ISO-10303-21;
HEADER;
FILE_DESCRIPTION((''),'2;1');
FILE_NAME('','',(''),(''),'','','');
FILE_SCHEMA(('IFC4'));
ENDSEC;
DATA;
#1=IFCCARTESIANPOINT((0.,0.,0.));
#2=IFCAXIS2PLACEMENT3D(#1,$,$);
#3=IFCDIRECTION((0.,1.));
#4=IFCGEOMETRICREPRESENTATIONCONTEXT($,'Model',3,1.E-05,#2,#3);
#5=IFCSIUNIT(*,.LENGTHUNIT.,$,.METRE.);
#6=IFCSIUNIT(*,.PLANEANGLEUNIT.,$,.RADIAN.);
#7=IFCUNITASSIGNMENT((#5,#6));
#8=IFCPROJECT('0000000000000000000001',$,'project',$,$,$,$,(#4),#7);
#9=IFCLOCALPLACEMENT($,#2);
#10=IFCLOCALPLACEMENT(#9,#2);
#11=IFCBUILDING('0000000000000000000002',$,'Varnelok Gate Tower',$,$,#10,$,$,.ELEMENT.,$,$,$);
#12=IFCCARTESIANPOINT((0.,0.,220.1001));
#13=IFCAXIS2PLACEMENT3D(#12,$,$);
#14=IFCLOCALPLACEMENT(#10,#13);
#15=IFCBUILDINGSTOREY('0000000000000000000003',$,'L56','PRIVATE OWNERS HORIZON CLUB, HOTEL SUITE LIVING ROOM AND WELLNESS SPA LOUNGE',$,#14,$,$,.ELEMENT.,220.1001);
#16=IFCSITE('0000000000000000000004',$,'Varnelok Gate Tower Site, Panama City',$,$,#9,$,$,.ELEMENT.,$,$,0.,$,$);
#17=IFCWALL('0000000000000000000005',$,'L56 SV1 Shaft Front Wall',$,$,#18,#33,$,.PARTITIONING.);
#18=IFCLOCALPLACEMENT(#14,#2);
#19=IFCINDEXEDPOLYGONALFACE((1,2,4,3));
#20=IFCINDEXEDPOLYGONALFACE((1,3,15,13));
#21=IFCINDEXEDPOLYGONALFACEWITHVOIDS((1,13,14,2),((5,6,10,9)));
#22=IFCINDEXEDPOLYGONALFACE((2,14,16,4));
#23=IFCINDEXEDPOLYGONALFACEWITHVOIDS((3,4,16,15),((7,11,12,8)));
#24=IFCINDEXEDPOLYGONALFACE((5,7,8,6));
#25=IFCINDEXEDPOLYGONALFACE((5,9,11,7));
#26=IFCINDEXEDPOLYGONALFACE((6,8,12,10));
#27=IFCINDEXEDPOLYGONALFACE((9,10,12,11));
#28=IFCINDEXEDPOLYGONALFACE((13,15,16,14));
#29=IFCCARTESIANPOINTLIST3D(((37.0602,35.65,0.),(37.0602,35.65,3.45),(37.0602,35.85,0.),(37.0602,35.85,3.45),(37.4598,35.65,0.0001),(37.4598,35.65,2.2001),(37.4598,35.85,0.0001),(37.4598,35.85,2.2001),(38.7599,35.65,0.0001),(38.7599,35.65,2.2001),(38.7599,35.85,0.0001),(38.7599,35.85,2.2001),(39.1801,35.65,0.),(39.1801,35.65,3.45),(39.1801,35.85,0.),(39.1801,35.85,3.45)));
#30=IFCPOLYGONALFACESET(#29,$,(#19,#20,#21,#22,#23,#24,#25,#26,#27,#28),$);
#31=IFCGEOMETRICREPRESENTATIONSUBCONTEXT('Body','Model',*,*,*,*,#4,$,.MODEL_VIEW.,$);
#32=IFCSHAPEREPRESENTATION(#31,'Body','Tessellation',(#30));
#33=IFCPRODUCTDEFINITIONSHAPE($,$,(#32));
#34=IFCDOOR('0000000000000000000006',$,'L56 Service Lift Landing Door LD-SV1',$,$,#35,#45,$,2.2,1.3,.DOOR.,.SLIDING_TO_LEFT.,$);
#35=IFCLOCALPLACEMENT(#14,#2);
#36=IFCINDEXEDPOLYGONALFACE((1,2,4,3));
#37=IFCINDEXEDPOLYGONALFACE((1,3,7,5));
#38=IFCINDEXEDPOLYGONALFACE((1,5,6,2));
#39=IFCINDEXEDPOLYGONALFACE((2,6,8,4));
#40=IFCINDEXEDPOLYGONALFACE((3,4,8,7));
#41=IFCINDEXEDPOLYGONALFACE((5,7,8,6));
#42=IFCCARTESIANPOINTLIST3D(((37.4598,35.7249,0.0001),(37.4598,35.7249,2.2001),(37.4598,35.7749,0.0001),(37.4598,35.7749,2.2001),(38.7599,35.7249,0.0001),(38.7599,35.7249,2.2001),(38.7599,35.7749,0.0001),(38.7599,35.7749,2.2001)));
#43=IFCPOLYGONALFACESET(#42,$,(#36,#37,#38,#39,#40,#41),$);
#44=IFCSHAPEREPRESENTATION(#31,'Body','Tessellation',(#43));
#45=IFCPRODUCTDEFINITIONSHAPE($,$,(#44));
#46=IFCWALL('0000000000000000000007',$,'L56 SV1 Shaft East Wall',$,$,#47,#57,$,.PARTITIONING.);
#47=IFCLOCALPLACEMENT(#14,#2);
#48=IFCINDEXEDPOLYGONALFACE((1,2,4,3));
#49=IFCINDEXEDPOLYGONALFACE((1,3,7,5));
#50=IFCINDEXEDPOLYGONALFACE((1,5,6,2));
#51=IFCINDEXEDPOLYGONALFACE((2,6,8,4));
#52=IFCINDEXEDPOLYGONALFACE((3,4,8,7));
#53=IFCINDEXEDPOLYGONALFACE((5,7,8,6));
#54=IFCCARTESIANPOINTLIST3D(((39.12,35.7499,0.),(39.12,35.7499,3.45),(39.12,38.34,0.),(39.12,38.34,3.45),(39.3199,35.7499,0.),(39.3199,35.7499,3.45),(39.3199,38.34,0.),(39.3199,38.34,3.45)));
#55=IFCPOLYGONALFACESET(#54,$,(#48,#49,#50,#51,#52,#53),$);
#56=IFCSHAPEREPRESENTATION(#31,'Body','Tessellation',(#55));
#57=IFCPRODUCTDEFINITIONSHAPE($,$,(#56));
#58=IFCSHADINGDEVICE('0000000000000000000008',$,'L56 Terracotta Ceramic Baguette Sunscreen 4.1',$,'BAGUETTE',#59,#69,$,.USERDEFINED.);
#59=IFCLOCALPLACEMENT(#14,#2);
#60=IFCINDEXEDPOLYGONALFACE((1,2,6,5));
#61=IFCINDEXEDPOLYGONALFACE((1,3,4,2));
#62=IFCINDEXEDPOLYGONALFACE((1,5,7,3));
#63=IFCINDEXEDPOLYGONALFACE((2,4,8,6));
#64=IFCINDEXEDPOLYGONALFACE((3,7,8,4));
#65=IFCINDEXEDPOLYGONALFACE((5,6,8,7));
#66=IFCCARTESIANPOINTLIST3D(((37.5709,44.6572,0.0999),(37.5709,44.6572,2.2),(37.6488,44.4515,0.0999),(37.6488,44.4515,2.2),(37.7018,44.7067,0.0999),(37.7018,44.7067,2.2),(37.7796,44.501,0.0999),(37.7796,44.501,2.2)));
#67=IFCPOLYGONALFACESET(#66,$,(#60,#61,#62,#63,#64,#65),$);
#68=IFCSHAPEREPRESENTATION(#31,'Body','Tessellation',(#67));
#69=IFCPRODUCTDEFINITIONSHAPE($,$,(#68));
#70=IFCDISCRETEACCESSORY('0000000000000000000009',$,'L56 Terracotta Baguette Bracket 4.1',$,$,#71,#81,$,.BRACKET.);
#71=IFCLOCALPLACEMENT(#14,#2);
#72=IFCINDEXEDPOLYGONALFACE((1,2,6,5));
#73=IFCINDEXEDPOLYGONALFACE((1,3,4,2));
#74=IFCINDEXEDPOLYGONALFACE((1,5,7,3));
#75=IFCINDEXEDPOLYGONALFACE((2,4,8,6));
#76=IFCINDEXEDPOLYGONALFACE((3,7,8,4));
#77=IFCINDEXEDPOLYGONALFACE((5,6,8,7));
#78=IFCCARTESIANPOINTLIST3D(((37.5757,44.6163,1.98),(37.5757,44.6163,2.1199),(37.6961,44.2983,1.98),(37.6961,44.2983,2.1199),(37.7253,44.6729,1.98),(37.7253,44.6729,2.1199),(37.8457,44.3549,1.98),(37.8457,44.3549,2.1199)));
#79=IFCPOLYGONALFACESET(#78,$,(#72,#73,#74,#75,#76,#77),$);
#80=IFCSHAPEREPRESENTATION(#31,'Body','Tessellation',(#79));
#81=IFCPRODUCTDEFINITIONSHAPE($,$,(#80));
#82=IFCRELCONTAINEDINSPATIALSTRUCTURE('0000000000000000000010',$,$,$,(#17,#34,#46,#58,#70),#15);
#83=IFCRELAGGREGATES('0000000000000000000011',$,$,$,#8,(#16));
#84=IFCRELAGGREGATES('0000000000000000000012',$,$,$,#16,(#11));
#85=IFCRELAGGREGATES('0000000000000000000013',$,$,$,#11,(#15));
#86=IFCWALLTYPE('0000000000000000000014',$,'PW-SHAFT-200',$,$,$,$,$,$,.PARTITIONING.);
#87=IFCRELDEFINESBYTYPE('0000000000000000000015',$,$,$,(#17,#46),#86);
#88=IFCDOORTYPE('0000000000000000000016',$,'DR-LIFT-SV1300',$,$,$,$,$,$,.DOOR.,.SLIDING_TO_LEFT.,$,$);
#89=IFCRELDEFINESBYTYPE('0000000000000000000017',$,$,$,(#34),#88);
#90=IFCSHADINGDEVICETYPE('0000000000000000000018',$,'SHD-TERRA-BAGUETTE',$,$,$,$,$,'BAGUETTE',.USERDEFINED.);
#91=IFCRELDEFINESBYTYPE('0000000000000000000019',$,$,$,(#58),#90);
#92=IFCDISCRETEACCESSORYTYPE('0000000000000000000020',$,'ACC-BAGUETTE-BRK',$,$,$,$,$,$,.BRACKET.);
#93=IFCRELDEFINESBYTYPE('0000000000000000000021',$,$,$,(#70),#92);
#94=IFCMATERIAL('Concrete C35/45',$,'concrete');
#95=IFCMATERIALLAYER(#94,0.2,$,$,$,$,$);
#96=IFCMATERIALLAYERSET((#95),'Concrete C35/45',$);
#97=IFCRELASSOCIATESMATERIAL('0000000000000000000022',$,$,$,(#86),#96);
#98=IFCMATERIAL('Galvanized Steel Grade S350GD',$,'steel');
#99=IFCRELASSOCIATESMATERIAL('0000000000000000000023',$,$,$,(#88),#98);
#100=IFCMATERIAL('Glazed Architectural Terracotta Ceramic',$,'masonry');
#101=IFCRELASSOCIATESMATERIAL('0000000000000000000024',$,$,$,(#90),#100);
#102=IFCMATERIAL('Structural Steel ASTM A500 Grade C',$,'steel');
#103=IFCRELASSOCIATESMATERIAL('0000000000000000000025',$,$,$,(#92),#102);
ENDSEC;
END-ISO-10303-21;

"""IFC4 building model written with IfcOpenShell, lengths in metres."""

from ifc_helpers import new_model, si_unit, direction, frame, frame_2d, origin, origin_2d, place, context, subcontext, project, spatial, rectangle, extrude, source, transform, mapped, material, layer, layer_set, type_object, element, fill, save


model = new_model("IFC4")

# Units and contexts
model_context = context("Model", 3, precision=1e-05, world=origin(), true_north=direction((0.0, 1.0)))
body_context = subcontext(model_context, "Body", "Model", "MODEL_VIEW")
ifc_project = project(units=[si_unit("LENGTHUNIT", "METRE"), si_unit("PLANEANGLEUNIT", "RADIAN")], contexts=[model_context])

# Site, building, storey
site_placement = place(None, origin())
site = spatial("IfcSite", under=ifc_project, at=site_placement, Name="Varnelok Gate Tower Site, Panama City", CompositionType="ELEMENT", RefElevation=0.0)
building_placement = place(site_placement, origin())
building = spatial("IfcBuilding", under=site, at=building_placement, Name="Varnelok Gate Tower", CompositionType="ELEMENT")
storey_placement = place(building_placement, frame((0.0, 0.0, 220.1001)))
storey = spatial("IfcBuildingStorey", under=building, at=storey_placement, Name="L56", Description="PRIVATE OWNERS HORIZON CLUB, HOTEL SUITE LIVING ROOM AND WELLNESS SPA LOUNGE", CompositionType="ELEMENT", Elevation=220.1001)

# Shared definitions
ifc_material_1 = material(Name="Galvanized Steel Grade S350GD", Category="steel")

# Shared definitions
ifc_material_2 = material(Name="Concrete C35/45", Category="concrete")
ifc_layer_1 = layer(ifc_material_2, 0.2)
ifc_layer_set_1 = layer_set([ifc_layer_1], Name="Concrete C35/45")
wall_type_1 = type_object("IfcWallType", Name="PW-SHAFT-200", PredefinedType="PARTITIONING", material=ifc_layer_set_1)

# Wall, opening, door
wall_1_placement = place(storey_placement, frame((37.0601, 35.75, 0.0), z_axis=(0.0, 0.0, 1.0), x_axis=(1.0, 0.0, 0.0)))
wall_1 = element("IfcWall", 1, at=wall_1_placement, inside=storey, type_object=wall_type_1, Name="L56 SV1 Shaft Front Wall", PredefinedType="PARTITIONING", context=body_context, shape_type="SweptSolid", body=[
    extrude(rectangle(XDim=2.1199, YDim=0.2, at=frame_2d((1.0601, 0.0))), origin(), (0.0, 0.0, 1.0), 3.45),
])
opening_1_placement = place(wall_1_placement, frame((0.3999, 0.0, 0.0)))
opening_1 = element("IfcOpeningElement", 2, at=opening_1_placement, cuts=wall_1, PredefinedType="OPENING", context=body_context, shape_type="SweptSolid", body=[
    extrude(rectangle(XDim=1.3, YDim=2.2, at=frame_2d((0.6499, 1.1001))), frame((0.0, 0.1099, 0.0), z_axis=(0.0, -1.0, 0.0), x_axis=(1.0, 0.0, 0.0)), (0.0, 0.0, 1.0), 0.22),
])
door_type_1 = type_object("IfcDoorType", Name="DR-LIFT-SV1300", OperationType="SLIDING_TO_LEFT", PredefinedType="DOOR", material=ifc_material_1)
door_1_placement = place(opening_1_placement, origin())
door_1 = element("IfcDoor", 3, at=door_1_placement, inside=storey, type_object=door_type_1, Name="L56 Service Lift Landing Door LD-SV1", OperationType="SLIDING_TO_LEFT", OverallHeight=2.2, OverallWidth=1.3, PredefinedType="DOOR", context=body_context, shape_type="SweptSolid", body=[
    extrude(rectangle(XDim=1.3, YDim=2.2, at=frame_2d((0.6499, 1.1001))), frame((0.0, 0.0249, 0.0), z_axis=(0.0, -1.0, 0.0), x_axis=(1.0, 0.0, 0.0)), (0.0, 0.0, 1.0), 0.05),
])
fill(opening_1, door_1)

# Wall
wall_2_placement = place(storey_placement, frame((39.22, 35.75, 0.0), z_axis=(0.0, 0.0, 1.0), x_axis=(0.0, 1.0, 0.0)))
element("IfcWall", 4, at=wall_2_placement, inside=storey, type_object=wall_type_1, Name="L56 SV1 Shaft East Wall", PredefinedType="PARTITIONING", context=body_context, shape_type="SweptSolid", body=[
    extrude(rectangle(XDim=2.5901, YDim=0.2, at=frame_2d((1.2949, 0.0))), origin(), (0.0, 0.0, 1.0), 3.45),
])

# Shading device
ifc_material_3 = material(Name="Glazed Architectural Terracotta Ceramic", Category="masonry")
shading_device_type = type_object("IfcShadingDeviceType", Name="SHD-TERRA-BAGUETTE", ElementType="BAGUETTE", PredefinedType="USERDEFINED", material=ifc_material_3)
shared_shape_1 = source(origin(), body_context, "Body", "SweptSolid", [
    extrude(rectangle(XDim=0.1399, YDim=0.22, at=origin_2d()), origin(), (0.0, 0.0, 1.0), 2.1001),
])
shading_device_placement = place(storey_placement, frame((37.6753, 44.5791, 0.0999), z_axis=(0.0, 0.0, 1.0), x_axis=(0.935222, 0.354063, 0.0)))
element("IfcShadingDevice", 5, at=shading_device_placement, inside=storey, type_object=shading_device_type, Name="L56 Terracotta Ceramic Baguette Sunscreen 4.1", ObjectType="BAGUETTE", PredefinedType="USERDEFINED", context=body_context, shape_type="MappedRepresentation", body=[
    mapped(shared_shape_1, transform((0.0, 0.0, 0.0), scale=1.0)),
])

# Discrete accessory
ifc_material_4 = material(Name="Structural Steel ASTM A500 Grade C", Category="steel")
discrete_accessory_type = type_object("IfcDiscreteAccessoryType", Name="ACC-BAGUETTE-BRK", PredefinedType="BRACKET", material=ifc_material_4)
shared_shape_2 = source(origin(), body_context, "Body", "SweptSolid", [
    extrude(rectangle(XDim=0.1599, YDim=0.3401, at=origin_2d()), origin(), (0.0, 0.0, 1.0), 0.1399),
])
discrete_accessory_placement = place(storey_placement, frame((37.7107, 44.4856, 1.98), z_axis=(0.0, 0.0, 1.0), x_axis=(0.935222, 0.354063, 0.0)))
element("IfcDiscreteAccessory", 6, at=discrete_accessory_placement, inside=storey, type_object=discrete_accessory_type, Name="L56 Terracotta Baguette Bracket 4.1", PredefinedType="BRACKET", context=body_context, shape_type="MappedRepresentation", body=[
    mapped(shared_shape_2, transform((0.0, 0.0, 0.0), scale=1.0)),
])

save(model, "model.ifc")
